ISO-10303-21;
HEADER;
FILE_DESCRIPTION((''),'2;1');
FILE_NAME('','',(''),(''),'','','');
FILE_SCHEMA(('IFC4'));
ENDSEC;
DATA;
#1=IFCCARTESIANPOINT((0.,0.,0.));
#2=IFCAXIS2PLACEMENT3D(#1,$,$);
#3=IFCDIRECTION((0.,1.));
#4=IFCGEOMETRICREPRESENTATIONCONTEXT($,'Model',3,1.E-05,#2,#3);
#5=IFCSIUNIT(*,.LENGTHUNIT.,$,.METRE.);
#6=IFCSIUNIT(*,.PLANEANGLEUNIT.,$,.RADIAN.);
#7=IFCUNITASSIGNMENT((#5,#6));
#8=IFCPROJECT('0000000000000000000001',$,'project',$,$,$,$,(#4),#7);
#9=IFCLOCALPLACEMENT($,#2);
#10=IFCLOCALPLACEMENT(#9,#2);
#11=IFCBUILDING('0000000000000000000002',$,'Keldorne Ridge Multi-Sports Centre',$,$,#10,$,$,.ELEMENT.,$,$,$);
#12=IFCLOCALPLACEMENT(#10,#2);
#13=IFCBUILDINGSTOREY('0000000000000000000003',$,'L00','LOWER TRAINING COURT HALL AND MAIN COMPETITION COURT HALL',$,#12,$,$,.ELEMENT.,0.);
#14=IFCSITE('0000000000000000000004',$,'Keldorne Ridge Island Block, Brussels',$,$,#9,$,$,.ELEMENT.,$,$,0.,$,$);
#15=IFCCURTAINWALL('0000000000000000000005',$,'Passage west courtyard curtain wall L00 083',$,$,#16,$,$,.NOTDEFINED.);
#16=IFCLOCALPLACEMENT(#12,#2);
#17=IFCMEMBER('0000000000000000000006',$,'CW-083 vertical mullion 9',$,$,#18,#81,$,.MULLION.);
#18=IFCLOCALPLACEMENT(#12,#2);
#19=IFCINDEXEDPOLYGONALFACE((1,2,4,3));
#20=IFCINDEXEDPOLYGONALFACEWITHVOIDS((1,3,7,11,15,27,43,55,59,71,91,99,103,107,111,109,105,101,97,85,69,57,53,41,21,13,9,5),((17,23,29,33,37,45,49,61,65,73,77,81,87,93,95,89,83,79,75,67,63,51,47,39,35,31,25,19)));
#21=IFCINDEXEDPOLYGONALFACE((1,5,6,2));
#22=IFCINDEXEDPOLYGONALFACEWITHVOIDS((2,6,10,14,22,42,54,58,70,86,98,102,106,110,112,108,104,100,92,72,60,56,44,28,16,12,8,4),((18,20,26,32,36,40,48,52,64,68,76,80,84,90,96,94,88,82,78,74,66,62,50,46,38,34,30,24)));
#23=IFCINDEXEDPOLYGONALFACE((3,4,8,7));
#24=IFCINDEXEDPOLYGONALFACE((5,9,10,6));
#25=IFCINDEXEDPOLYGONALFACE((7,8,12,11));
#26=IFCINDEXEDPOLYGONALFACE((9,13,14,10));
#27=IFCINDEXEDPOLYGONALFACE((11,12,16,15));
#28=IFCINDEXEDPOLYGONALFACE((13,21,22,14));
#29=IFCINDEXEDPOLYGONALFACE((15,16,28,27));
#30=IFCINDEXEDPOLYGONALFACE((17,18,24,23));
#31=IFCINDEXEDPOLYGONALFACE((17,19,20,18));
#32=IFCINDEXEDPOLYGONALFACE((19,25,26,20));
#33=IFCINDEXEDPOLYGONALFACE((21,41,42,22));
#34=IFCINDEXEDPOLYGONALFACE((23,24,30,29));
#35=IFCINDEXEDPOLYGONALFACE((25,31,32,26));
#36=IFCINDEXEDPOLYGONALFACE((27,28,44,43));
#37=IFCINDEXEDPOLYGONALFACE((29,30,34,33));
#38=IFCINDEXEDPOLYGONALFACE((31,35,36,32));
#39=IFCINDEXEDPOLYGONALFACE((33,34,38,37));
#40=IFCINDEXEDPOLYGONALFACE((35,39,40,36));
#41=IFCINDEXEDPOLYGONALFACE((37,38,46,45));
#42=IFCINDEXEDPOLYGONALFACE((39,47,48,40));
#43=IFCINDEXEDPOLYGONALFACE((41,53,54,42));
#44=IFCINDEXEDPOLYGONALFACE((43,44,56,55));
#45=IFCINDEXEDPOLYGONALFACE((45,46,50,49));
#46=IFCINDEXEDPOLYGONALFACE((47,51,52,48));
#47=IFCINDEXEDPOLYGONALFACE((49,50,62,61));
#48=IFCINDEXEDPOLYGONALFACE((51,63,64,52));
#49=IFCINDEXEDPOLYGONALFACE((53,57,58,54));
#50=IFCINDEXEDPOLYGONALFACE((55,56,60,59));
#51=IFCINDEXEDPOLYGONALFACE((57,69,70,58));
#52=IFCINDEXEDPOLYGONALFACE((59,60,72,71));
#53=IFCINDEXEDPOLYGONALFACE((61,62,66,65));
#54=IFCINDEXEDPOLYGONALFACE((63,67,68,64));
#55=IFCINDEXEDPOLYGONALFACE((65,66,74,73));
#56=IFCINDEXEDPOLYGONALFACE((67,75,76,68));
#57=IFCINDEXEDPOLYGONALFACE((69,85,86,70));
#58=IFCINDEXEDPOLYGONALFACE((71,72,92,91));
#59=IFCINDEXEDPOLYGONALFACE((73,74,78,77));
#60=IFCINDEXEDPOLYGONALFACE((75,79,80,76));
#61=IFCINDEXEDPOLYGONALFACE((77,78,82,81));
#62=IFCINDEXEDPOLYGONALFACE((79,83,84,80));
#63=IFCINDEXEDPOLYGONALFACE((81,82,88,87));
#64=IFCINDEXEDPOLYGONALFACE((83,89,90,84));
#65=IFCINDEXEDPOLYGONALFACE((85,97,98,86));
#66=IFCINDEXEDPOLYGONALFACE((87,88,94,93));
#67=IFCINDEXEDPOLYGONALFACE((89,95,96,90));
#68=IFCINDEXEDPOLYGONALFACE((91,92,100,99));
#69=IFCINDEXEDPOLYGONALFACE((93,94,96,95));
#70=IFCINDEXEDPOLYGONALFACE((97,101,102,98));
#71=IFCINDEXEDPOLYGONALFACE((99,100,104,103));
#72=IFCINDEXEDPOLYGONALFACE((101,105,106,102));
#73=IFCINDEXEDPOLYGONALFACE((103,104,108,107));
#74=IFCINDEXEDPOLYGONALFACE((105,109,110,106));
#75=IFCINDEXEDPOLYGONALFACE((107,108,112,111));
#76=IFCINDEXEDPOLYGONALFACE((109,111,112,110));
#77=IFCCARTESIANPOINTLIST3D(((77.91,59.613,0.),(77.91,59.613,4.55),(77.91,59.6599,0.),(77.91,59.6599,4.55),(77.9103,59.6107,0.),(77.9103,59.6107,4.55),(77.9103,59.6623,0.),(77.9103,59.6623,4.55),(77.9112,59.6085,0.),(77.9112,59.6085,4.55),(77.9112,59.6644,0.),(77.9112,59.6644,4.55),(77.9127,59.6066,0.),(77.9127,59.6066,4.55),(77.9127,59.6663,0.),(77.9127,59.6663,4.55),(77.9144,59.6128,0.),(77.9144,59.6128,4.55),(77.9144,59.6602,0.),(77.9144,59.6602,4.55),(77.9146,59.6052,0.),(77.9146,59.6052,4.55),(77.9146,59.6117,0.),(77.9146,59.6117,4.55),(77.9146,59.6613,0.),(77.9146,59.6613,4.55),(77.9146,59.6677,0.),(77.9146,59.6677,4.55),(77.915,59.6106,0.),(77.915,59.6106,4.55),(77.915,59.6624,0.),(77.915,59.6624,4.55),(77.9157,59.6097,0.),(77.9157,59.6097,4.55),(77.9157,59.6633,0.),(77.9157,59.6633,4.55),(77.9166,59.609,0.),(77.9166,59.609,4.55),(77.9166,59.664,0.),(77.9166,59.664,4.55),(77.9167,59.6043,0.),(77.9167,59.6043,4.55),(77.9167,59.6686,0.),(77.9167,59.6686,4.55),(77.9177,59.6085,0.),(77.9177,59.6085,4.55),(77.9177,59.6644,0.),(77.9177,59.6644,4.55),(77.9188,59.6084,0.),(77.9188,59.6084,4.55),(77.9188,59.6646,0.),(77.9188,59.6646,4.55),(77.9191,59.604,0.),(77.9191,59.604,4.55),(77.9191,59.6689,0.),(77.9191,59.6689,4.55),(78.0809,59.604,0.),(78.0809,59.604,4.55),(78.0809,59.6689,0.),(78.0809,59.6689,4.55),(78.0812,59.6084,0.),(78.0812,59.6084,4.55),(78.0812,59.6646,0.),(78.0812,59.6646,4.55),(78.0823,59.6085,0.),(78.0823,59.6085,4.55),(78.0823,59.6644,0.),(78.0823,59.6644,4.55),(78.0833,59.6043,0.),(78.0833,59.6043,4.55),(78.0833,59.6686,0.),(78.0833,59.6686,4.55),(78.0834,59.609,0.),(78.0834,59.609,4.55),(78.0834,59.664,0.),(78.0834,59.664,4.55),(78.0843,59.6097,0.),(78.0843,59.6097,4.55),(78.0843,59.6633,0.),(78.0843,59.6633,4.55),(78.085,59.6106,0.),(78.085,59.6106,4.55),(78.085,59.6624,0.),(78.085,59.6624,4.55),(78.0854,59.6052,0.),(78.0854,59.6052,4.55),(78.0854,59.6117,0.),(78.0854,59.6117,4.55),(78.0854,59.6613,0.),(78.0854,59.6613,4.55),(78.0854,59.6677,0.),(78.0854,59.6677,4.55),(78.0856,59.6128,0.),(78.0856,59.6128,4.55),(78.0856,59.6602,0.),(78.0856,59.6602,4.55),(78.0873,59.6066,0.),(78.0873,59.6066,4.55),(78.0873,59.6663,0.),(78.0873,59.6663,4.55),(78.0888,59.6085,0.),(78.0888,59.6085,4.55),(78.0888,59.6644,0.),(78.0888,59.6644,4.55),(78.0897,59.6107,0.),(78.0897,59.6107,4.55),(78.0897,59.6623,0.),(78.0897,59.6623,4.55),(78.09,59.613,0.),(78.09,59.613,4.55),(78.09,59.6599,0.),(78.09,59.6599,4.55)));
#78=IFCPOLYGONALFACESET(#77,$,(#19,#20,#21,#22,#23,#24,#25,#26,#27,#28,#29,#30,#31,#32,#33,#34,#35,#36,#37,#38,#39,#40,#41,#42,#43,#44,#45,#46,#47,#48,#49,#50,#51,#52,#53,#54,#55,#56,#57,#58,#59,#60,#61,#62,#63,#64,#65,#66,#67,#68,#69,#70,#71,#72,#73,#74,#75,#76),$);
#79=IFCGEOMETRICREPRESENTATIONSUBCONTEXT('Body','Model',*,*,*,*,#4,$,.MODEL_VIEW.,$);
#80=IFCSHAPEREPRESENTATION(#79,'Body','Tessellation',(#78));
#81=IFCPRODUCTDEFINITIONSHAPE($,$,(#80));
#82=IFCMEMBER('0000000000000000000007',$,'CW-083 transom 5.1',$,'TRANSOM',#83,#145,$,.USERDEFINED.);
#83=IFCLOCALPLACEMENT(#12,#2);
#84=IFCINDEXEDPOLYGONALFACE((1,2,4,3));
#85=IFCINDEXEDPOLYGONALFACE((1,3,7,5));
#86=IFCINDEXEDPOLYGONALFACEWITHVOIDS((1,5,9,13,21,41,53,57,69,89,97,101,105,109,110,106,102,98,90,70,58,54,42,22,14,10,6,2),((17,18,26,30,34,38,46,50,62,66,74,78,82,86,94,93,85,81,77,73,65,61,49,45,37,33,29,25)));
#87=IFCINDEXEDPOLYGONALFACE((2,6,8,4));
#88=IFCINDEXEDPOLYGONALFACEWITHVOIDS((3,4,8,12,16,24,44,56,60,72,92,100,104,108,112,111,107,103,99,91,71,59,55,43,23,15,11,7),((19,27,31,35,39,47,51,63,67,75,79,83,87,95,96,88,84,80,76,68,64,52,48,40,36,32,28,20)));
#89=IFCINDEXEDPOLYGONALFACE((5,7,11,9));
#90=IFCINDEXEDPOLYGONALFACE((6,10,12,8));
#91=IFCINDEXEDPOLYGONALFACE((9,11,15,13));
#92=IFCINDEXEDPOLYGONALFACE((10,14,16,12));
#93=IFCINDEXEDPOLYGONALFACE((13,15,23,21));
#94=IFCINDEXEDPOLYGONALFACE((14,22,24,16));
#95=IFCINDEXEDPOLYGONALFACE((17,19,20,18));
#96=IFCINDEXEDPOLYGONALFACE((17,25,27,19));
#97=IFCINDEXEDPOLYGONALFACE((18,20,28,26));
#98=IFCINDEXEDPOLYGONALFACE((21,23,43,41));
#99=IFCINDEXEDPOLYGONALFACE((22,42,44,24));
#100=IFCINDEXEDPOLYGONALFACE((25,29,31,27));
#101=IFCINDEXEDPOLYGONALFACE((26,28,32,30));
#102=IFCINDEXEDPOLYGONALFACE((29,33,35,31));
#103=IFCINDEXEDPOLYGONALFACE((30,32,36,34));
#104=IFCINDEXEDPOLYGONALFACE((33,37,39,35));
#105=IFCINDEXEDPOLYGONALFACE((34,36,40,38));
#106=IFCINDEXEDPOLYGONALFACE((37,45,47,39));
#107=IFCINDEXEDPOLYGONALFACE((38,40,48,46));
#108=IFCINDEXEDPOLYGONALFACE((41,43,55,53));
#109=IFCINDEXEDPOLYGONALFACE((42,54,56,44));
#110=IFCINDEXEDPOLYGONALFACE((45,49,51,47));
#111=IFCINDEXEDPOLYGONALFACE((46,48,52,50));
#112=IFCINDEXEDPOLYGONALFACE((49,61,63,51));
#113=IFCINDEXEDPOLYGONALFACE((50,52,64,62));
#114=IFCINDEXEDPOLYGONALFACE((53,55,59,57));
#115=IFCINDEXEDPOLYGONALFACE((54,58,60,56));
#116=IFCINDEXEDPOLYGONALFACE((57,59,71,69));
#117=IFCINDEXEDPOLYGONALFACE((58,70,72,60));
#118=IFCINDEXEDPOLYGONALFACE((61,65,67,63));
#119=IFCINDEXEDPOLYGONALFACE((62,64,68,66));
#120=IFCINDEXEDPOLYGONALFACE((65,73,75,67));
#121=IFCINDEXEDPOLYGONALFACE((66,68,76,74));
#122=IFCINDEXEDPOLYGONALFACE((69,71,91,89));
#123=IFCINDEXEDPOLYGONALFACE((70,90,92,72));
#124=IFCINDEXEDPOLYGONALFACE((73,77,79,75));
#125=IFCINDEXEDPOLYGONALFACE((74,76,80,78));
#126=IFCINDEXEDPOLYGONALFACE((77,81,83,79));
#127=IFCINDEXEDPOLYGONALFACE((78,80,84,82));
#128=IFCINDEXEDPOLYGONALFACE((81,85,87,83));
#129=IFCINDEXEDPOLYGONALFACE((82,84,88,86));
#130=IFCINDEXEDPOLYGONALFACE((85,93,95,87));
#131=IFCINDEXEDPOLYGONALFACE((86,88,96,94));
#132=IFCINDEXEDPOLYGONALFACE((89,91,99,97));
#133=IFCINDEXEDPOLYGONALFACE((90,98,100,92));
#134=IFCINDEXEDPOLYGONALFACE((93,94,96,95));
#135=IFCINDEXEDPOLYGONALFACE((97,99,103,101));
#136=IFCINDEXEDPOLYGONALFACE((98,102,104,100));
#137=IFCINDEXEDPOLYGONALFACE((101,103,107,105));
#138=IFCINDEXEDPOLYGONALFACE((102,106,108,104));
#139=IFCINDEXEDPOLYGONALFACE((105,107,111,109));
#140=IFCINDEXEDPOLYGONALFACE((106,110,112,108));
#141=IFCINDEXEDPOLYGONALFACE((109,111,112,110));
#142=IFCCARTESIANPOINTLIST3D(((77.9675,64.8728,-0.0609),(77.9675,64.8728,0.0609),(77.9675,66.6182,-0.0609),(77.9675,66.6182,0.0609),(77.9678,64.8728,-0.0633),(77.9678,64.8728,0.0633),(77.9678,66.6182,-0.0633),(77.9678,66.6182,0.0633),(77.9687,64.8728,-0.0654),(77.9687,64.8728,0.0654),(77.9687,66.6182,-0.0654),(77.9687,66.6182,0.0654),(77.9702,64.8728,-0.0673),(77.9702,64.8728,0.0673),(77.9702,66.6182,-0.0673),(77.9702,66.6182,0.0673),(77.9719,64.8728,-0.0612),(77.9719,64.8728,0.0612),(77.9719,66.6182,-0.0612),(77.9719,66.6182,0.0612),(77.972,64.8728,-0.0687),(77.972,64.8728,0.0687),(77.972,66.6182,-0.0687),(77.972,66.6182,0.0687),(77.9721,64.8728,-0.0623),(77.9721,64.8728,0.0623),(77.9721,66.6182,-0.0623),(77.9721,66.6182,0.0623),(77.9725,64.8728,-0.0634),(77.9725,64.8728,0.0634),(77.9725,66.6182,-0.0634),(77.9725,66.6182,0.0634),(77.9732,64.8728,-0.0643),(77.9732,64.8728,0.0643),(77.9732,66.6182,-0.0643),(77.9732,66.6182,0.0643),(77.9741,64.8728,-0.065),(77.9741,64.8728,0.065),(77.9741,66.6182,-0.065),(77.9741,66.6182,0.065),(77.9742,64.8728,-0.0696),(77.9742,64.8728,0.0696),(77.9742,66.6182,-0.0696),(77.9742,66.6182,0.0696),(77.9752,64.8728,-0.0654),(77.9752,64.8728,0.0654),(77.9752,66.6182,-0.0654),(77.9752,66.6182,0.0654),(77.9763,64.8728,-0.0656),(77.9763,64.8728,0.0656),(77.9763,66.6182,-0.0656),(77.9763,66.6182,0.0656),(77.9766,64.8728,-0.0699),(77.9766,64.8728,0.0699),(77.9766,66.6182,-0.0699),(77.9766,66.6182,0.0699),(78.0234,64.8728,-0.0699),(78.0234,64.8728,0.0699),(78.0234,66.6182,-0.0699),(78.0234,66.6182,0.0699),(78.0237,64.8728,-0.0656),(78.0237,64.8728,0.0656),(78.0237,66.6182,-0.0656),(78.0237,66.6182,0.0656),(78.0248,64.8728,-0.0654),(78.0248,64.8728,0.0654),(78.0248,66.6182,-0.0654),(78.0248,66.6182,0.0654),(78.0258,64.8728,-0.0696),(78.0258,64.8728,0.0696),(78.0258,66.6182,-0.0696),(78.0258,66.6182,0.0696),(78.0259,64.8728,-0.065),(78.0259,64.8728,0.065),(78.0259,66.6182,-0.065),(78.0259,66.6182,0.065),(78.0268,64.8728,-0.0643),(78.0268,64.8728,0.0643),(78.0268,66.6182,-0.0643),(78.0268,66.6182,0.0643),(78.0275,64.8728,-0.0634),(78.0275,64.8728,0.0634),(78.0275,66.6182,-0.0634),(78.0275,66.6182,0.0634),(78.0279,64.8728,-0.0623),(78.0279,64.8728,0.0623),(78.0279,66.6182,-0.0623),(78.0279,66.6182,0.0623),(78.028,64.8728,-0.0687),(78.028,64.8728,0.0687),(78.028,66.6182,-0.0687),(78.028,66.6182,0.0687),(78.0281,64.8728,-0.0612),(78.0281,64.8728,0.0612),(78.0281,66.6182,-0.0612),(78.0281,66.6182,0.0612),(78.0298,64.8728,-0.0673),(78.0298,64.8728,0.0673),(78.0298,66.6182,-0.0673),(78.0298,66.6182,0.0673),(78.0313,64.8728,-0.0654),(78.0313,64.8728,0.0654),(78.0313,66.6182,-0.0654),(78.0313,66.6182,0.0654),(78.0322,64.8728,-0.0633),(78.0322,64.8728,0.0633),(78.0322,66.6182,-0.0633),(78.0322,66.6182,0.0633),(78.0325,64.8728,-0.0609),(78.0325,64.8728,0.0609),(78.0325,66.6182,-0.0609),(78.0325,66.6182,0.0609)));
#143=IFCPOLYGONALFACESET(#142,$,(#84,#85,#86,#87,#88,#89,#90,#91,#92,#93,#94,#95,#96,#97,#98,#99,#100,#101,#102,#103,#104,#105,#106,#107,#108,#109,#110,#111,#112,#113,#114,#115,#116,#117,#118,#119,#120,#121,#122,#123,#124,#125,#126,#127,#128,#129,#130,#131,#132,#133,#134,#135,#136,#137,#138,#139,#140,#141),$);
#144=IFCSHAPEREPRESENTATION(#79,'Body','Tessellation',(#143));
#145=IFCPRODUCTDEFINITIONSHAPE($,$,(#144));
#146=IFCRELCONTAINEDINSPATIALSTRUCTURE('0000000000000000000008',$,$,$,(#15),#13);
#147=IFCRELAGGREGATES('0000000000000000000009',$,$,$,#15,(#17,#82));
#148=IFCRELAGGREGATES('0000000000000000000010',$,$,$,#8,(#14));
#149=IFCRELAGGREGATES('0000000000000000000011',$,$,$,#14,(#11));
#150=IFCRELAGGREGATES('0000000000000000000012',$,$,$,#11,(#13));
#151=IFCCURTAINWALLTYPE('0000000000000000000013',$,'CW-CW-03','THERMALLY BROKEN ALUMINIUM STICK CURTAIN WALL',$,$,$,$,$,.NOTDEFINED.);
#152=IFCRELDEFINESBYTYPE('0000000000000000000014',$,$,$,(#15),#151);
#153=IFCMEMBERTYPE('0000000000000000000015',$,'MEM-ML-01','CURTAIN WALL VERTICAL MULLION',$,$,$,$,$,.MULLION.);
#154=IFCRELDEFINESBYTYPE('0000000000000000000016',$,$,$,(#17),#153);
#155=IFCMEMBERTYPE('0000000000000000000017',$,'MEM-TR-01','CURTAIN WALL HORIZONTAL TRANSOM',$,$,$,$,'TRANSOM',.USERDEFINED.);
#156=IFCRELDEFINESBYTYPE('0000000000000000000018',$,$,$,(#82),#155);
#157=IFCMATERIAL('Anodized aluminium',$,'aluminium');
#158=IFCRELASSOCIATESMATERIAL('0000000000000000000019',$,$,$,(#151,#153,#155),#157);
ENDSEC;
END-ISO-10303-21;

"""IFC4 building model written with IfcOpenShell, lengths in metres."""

from ifc_helpers import new_model, si_unit, direction, frame, origin, origin_2d, place, context, subcontext, project, spatial, hollow_rectangle, extrude, material, material_profile, profile_set, type_object, element, aggregate, save


model = new_model("IFC4")

# Units and contexts
model_context = context("Model", 3, precision=1e-05, world=origin(), true_north=direction((0.0, 1.0)))
body_context = subcontext(model_context, "Body", "Model", "MODEL_VIEW")
ifc_project = project(units=[si_unit("LENGTHUNIT", "METRE"), si_unit("PLANEANGLEUNIT", "RADIAN")], contexts=[model_context])

# Site, building, storey
site_placement = place(None, origin())
site = spatial("IfcSite", under=ifc_project, at=site_placement, Name="Keldorne Ridge Island Block, Brussels", CompositionType="ELEMENT", RefElevation=0.0)
building_placement = place(site_placement, origin())
building = spatial("IfcBuilding", under=site, at=building_placement, Name="Keldorne Ridge Multi-Sports Centre", CompositionType="ELEMENT")
storey_placement = place(building_placement, origin())
storey = spatial("IfcBuildingStorey", under=building, at=storey_placement, Name="L00", Description="LOWER TRAINING COURT HALL AND MAIN COMPETITION COURT HALL", CompositionType="ELEMENT", Elevation=0.0)

# Curtain wall, members
ifc_material_1 = material(Name="Anodized aluminium", Category="aluminium")
curtain_wall_type = type_object("IfcCurtainWallType", Name="CW-CW-03", Description="THERMALLY BROKEN ALUMINIUM STICK CURTAIN WALL", PredefinedType="NOTDEFINED", material=ifc_material_1)
curtain_wall_placement = place(storey_placement, origin())
curtain_wall = element("IfcCurtainWall", 1, at=curtain_wall_placement, inside=storey, type_object=curtain_wall_type, Name="Passage west courtyard curtain wall L00 083", PredefinedType="NOTDEFINED")
ifc_material_profile_1 = material_profile(ifc_material_1, hollow_rectangle(XDim=0.0649, YDim=0.1799, WallThickness=0.0044, InnerFilletRadius=0.0044, OuterFilletRadius=0.009, at=origin_2d()), Name="ALU MULLION 180x65x4.5")
ifc_profile_set_1 = profile_set([ifc_material_profile_1], Name="Anodized aluminium")
member_type_1 = type_object("IfcMemberType", Name="MEM-ML-01", Description="CURTAIN WALL VERTICAL MULLION", PredefinedType="MULLION", material=ifc_profile_set_1)
member_1_placement = place(storey_placement, frame((78.0, 59.6365, 0.0), z_axis=(0.0, 0.0, 1.0), x_axis=(0.0, 1.0, 0.0)))
member_1 = element("IfcMember", 2, at=member_1_placement, type_object=member_type_1, Name="CW-083 vertical mullion 9", PredefinedType="MULLION", context=body_context, shape_type="SweptSolid", body=[
    extrude(hollow_rectangle(XDim=0.0649, YDim=0.1799, WallThickness=0.0044, InnerFilletRadius=0.0044, OuterFilletRadius=0.009, at=origin_2d()), origin(), (0.0, 0.0, 1.0), 4.55),
])
ifc_material_profile_2 = material_profile(ifc_material_1, hollow_rectangle(XDim=0.0649, YDim=0.1399, WallThickness=0.0044, InnerFilletRadius=0.0044, OuterFilletRadius=0.009, at=origin_2d()), Name="ALU TRANSOM 140x65x4.5")
ifc_profile_set_2 = profile_set([ifc_material_profile_2], Name="Anodized aluminium")
member_type_2 = type_object("IfcMemberType", Name="MEM-TR-01", Description="CURTAIN WALL HORIZONTAL TRANSOM", ElementType="TRANSOM", PredefinedType="USERDEFINED", material=ifc_profile_set_2)
member_2_placement = place(storey_placement, frame((78.0, 66.6182, 0.0), z_axis=(0.0, -1.0, 0.0), x_axis=(1.0, 0.0, 0.0)))
member_2 = element("IfcMember", 3, at=member_2_placement, type_object=member_type_2, Name="CW-083 transom 5.1", ObjectType="TRANSOM", PredefinedType="USERDEFINED", context=body_context, shape_type="SweptSolid", body=[
    extrude(hollow_rectangle(XDim=0.0649, YDim=0.1399, WallThickness=0.0044, InnerFilletRadius=0.0044, OuterFilletRadius=0.009, at=origin_2d()), origin(), (0.0, 0.0, 1.0), 1.7454),
])
aggregate(curtain_wall, [member_1, member_2])

save(model, "model.ifc")
